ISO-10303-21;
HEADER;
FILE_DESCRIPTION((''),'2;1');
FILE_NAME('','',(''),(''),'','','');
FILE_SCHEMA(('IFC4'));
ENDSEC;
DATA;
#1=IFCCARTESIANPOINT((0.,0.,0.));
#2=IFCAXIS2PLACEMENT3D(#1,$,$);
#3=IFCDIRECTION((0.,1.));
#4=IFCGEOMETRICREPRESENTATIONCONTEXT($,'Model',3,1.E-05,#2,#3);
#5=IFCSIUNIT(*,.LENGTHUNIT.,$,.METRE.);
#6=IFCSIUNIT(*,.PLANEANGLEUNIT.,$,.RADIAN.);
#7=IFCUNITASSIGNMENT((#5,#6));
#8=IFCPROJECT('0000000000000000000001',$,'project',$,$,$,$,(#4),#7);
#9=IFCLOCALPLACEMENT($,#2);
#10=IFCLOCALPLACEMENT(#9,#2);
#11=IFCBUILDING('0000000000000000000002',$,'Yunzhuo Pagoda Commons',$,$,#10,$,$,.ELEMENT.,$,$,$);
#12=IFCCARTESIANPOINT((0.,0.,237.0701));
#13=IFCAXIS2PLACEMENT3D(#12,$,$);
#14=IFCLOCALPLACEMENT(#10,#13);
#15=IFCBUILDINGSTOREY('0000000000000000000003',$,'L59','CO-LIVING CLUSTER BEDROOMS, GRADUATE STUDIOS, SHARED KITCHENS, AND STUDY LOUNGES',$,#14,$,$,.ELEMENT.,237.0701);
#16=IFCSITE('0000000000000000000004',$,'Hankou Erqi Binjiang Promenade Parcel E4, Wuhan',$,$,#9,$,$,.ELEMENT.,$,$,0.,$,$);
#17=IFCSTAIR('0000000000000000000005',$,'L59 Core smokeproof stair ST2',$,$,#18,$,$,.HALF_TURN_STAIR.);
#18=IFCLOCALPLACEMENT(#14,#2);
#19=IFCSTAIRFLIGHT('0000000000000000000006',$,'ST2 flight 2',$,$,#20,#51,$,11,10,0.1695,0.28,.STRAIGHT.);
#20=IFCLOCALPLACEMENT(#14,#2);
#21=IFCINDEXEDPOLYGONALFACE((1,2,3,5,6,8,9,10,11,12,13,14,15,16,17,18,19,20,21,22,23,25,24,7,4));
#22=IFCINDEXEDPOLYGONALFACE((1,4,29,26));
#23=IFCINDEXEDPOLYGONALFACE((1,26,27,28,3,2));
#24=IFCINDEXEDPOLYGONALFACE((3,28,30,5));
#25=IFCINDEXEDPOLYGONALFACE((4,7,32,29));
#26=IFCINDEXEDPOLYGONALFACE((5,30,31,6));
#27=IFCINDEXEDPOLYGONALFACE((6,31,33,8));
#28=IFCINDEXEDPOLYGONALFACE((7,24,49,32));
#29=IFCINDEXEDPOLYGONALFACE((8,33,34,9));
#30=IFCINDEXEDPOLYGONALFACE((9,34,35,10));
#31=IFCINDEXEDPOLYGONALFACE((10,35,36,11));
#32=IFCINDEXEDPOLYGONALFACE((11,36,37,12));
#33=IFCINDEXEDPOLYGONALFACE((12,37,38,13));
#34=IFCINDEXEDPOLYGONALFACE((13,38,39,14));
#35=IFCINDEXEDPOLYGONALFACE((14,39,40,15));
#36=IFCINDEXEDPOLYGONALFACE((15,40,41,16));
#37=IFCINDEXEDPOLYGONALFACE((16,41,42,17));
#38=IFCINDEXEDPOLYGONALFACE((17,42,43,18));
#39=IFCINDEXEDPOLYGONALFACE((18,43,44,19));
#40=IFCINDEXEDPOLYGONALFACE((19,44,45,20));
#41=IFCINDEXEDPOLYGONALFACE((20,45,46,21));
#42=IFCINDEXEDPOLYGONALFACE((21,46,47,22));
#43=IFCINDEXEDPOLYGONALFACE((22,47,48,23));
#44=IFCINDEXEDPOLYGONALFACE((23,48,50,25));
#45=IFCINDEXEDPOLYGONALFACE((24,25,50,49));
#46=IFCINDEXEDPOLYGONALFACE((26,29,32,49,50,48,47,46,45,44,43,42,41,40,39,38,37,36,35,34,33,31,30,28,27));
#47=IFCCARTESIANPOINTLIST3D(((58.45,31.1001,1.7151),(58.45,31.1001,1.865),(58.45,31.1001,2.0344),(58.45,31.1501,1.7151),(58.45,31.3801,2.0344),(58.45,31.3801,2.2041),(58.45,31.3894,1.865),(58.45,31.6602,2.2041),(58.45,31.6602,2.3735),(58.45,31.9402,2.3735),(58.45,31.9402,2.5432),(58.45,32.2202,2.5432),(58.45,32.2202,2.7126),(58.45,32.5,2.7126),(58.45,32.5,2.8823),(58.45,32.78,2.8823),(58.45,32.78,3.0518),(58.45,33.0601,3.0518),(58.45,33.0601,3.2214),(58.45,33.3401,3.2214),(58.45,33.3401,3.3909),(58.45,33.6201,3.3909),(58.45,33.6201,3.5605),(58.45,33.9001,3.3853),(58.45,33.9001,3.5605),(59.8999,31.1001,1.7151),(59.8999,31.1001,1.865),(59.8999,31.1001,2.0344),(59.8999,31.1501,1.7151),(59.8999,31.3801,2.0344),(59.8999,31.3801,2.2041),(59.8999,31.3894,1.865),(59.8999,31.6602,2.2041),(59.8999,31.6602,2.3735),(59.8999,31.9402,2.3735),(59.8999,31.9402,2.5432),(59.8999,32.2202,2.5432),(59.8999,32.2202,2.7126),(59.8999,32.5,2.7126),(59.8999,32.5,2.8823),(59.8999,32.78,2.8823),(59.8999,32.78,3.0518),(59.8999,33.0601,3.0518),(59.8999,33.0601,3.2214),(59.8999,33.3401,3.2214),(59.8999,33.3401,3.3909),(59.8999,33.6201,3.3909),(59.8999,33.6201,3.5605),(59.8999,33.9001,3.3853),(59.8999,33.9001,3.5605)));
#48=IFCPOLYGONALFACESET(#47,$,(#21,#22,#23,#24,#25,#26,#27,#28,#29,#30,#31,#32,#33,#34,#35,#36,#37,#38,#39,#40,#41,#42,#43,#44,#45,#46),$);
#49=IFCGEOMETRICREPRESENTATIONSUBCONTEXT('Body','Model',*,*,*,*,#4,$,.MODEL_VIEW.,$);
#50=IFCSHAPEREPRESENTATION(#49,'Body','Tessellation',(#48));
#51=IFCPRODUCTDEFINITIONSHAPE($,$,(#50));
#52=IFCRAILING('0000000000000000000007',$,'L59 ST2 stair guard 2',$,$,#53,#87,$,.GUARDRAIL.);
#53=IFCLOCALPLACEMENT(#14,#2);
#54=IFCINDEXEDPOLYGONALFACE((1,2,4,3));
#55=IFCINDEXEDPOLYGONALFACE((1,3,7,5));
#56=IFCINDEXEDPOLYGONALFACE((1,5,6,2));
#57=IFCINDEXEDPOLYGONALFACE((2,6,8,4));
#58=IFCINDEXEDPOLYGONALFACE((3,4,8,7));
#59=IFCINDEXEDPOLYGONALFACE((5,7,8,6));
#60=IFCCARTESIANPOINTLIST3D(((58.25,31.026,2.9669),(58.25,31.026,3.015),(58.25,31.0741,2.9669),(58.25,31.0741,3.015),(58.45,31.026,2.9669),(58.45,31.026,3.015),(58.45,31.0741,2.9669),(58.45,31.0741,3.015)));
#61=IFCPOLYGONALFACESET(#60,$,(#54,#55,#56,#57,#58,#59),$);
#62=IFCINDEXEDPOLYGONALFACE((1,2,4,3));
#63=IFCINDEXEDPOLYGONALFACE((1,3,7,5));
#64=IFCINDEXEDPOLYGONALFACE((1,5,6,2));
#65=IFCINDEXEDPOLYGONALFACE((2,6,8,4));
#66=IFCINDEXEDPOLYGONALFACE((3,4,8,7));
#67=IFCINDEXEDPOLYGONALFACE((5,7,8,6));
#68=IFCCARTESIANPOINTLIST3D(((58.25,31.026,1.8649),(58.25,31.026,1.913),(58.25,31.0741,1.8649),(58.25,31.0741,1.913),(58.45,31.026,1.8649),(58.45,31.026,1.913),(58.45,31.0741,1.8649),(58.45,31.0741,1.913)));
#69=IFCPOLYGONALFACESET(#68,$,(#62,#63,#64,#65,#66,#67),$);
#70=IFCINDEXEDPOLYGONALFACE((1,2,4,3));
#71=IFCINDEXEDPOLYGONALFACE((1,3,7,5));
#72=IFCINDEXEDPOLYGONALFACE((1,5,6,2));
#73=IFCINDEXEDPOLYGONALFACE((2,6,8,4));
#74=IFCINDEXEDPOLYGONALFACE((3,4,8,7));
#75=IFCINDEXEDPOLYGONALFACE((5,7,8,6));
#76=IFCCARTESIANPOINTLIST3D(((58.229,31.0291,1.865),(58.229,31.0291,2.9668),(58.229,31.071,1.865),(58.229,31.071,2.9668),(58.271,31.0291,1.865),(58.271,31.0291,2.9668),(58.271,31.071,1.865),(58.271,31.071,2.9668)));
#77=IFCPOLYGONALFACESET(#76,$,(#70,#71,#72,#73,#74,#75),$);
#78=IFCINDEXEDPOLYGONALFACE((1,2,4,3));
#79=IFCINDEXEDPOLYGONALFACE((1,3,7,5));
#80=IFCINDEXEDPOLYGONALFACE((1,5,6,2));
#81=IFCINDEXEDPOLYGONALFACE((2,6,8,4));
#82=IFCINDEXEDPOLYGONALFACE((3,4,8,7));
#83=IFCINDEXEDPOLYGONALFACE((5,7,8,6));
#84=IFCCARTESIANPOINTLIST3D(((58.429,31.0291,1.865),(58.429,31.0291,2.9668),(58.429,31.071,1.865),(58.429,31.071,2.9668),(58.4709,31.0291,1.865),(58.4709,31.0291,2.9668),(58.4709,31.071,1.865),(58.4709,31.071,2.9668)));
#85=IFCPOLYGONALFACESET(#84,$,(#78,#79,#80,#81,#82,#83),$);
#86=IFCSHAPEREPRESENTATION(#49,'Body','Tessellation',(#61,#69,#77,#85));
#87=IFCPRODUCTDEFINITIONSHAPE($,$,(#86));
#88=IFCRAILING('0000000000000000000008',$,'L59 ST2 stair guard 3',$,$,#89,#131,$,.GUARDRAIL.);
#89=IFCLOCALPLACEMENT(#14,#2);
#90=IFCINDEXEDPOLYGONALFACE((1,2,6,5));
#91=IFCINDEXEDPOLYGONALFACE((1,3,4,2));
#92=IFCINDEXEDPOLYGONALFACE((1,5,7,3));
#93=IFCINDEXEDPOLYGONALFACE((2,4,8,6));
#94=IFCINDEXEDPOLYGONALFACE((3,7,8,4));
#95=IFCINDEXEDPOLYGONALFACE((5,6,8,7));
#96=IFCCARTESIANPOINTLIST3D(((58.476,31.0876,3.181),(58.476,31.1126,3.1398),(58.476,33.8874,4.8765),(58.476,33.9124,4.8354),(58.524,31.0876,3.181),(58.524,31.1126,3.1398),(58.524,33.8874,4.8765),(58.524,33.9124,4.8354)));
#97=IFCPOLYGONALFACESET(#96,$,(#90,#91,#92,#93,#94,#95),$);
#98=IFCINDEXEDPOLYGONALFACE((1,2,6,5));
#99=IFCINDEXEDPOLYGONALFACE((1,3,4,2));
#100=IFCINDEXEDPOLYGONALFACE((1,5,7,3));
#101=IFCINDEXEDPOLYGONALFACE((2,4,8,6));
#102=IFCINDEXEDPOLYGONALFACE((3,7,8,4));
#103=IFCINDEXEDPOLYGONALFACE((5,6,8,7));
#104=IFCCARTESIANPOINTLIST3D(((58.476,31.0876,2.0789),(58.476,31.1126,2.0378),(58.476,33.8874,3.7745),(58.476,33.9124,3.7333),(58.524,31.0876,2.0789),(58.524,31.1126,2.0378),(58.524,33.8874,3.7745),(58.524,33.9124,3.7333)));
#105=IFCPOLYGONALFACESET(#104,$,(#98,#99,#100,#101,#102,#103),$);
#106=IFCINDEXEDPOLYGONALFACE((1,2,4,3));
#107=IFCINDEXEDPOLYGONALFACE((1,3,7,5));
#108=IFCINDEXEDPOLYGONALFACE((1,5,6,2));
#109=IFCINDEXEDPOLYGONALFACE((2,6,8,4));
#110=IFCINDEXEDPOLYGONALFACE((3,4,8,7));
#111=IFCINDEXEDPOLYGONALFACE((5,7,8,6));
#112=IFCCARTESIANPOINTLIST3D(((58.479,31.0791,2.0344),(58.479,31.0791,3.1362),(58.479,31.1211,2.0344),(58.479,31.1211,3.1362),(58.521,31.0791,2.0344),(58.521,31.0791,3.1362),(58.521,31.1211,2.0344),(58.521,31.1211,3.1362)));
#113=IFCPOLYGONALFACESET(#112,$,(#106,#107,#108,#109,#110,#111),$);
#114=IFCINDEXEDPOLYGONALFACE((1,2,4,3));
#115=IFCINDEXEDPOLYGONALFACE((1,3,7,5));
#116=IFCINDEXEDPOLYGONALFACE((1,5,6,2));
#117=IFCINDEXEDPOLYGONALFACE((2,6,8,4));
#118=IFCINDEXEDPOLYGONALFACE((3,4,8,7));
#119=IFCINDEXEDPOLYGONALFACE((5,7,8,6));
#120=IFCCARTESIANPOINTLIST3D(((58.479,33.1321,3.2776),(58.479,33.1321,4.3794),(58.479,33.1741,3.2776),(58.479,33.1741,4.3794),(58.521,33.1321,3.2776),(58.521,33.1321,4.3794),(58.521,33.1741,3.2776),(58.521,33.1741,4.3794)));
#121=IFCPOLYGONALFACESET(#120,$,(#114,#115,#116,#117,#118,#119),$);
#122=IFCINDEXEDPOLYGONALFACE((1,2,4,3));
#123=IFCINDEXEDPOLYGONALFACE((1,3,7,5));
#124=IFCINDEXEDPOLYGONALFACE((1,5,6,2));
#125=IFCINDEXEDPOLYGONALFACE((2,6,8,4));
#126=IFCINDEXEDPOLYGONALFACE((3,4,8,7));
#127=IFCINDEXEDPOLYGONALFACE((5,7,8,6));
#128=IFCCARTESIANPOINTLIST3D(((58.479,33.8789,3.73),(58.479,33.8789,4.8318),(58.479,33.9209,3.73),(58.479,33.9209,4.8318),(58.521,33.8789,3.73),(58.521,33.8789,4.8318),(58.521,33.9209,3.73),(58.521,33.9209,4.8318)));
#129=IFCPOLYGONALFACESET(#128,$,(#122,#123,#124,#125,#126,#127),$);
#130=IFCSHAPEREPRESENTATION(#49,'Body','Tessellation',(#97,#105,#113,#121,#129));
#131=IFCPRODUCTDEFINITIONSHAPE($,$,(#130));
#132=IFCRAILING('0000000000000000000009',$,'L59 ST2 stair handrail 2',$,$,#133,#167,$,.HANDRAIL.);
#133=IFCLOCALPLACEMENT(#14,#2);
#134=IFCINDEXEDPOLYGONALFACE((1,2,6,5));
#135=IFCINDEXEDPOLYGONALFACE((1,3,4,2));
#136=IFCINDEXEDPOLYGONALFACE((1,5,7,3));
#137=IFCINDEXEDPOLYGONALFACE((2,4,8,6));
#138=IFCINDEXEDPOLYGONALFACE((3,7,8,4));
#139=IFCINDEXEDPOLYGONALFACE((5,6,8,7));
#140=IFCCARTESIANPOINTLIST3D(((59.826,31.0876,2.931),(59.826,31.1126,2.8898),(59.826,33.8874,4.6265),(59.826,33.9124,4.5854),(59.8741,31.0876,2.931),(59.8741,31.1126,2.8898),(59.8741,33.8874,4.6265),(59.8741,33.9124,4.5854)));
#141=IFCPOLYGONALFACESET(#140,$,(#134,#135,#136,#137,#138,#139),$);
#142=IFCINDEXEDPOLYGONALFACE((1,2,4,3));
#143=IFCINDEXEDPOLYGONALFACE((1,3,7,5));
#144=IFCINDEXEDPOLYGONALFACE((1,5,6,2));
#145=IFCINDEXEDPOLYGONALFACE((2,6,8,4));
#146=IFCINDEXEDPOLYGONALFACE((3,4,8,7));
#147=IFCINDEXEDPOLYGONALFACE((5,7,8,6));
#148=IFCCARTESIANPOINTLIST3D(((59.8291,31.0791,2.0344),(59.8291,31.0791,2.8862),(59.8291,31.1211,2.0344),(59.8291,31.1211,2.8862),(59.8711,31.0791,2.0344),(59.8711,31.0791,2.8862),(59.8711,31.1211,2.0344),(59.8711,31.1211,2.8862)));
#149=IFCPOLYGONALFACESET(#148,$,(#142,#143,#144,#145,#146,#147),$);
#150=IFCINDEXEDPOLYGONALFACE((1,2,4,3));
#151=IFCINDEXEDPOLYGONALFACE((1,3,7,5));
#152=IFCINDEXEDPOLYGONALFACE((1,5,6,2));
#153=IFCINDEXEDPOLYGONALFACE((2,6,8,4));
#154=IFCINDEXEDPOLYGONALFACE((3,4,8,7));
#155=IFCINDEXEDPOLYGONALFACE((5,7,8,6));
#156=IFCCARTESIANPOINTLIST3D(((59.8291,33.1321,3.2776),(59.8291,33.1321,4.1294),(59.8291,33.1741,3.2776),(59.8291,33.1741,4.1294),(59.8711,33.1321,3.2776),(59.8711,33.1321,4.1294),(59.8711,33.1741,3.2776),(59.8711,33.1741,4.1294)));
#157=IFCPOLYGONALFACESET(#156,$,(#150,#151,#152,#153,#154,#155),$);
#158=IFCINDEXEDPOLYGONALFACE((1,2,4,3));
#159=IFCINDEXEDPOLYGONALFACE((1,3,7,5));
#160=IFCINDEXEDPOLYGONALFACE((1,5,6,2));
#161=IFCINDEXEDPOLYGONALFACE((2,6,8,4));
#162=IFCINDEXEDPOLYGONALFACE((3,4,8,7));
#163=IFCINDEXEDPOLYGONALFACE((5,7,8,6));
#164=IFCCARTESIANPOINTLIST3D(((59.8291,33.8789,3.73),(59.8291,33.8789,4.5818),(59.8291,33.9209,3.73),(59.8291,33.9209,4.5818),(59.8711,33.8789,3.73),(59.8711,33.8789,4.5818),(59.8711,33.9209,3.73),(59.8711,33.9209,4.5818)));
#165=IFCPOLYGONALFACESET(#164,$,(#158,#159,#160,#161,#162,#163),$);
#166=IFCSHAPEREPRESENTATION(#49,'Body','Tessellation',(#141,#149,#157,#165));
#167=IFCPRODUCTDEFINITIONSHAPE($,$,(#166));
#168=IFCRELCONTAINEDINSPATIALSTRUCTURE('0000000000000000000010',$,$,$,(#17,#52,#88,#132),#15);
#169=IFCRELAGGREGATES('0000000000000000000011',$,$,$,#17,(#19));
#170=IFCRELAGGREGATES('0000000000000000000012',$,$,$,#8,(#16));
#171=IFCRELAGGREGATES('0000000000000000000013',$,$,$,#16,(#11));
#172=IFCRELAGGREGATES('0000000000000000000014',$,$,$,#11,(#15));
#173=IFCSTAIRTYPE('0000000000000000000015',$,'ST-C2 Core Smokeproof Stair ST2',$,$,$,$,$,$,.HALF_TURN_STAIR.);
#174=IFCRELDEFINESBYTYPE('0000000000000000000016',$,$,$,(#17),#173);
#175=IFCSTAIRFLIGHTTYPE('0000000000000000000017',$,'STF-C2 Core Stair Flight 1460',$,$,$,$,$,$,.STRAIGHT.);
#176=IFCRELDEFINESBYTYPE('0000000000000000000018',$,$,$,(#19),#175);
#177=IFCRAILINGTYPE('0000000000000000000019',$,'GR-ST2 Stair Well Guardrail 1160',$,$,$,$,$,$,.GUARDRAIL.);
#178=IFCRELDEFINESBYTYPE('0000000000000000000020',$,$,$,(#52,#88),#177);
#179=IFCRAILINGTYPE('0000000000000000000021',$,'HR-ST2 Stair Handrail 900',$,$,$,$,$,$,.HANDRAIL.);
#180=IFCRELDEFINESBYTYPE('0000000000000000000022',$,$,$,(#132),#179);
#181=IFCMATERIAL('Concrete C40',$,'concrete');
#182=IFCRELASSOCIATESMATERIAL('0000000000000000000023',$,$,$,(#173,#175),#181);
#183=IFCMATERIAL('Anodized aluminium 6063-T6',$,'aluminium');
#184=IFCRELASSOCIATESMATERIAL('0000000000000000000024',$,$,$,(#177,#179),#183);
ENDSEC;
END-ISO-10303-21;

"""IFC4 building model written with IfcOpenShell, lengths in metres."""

from ifc_helpers import new_model, si_unit, direction, frame, origin, origin_2d, place, context, subcontext, project, spatial, polyline, rectangle, outline, extrude, source, transform, mapped, material, type_object, element, aggregate, save


model = new_model("IFC4")

# Units and contexts
model_context = context("Model", 3, precision=1e-05, world=origin(), true_north=direction((0.0, 1.0)))
body_context = subcontext(model_context, "Body", "Model", "MODEL_VIEW")
ifc_project = project(units=[si_unit("LENGTHUNIT", "METRE"), si_unit("PLANEANGLEUNIT", "RADIAN")], contexts=[model_context])

# Site, building, storey
site_placement = place(None, origin())
site = spatial("IfcSite", under=ifc_project, at=site_placement, Name="Hankou Erqi Binjiang Promenade Parcel E4, Wuhan", CompositionType="ELEMENT", RefElevation=0.0)
building_placement = place(site_placement, origin())
building = spatial("IfcBuilding", under=site, at=building_placement, Name="Yunzhuo Pagoda Commons", CompositionType="ELEMENT")
storey_placement = place(building_placement, frame((0.0, 0.0, 237.0701)))
storey = spatial("IfcBuildingStorey", under=building, at=storey_placement, Name="L59", Description="CO-LIVING CLUSTER BEDROOMS, GRADUATE STUDIOS, SHARED KITCHENS, AND STUDY LOUNGES", CompositionType="ELEMENT", Elevation=237.0701)

# Shared definitions
ifc_material_1 = material(Name="Anodized aluminium 6063-T6", Category="aluminium")

# Stair, stair flight
ifc_material_2 = material(Name="Concrete C40", Category="concrete")
stair_type = type_object("IfcStairType", Name="ST-C2 Core Smokeproof Stair ST2", PredefinedType="HALF_TURN_STAIR", material=ifc_material_2)
stair_placement = place(storey_placement, origin())
stair = element("IfcStair", 1, at=stair_placement, inside=storey, type_object=stair_type, Name="L59 Core smokeproof stair ST2", PredefinedType="HALF_TURN_STAIR")
stair_flight_type = type_object("IfcStairFlightType", Name="STF-C2 Core Stair Flight 1460", PredefinedType="STRAIGHT", material=ifc_material_2)
shared_shape_1 = source(origin(), body_context, "Body", "SweptSolid", [
    extrude(outline(polyline([(0.0, -0.1499), (0.0, 0.0), (0.0, 0.1694), (0.28, 0.1694), (0.28, 0.3391), (0.5601, 0.3391), (0.5601, 0.5085), (0.8401, 0.5085), (0.8401, 0.6782), (1.1201, 0.6782), (1.1201, 0.8477), (1.3999, 0.8477), (1.3999, 1.0173), (1.6799, 1.0173), (1.6799, 1.1868), (1.96, 1.1868), (1.96, 1.3564), (2.24, 1.3564), (2.24, 1.5259), (2.52, 1.5259), (2.52, 1.6956), (2.8, 1.6956), (2.8, 1.865), (2.8, 1.5203), (0.2893, 0.0), (0.05, -0.1499), (0.0, -0.1499)])), frame((0.0, 0.7251, 0.0), z_axis=(0.0, -1.0, 0.0), x_axis=(1.0, 0.0, 0.0)), (0.0, 0.0, 1.0), 1.45),
])
stair_flight_placement = place(storey_placement, frame((59.175, 31.1001, 1.865), z_axis=(0.0, 0.0, 1.0), x_axis=(0.0, 1.0, 0.0)))
stair_flight = element("IfcStairFlight", 2, at=stair_flight_placement, type_object=stair_flight_type, Name="ST2 flight 2", NumberOfRisers=11, NumberOfTreads=10, PredefinedType="STRAIGHT", RiserHeight=0.1695, TreadLength=0.28, context=body_context, shape_type="MappedRepresentation", body=[
    mapped(shared_shape_1, transform((0.0, 0.0, 0.0), scale=1.0)),
])
aggregate(stair, [stair_flight])

# Railings
railing_type_1 = type_object("IfcRailingType", Name="GR-ST2 Stair Well Guardrail 1160", PredefinedType="GUARDRAIL", material=ifc_material_1)
railing_1_placement = place(storey_placement, frame((58.25, 31.05, 1.865)))
element("IfcRailing", 3, at=railing_1_placement, inside=storey, type_object=railing_type_1, Name="L59 ST2 stair guard 2", PredefinedType="GUARDRAIL", context=body_context, shape_type="SweptSolid", body=[
    extrude(rectangle(XDim=0.0481, YDim=0.0481, at=origin_2d()), frame((0.0, 0.0, 1.126), z_axis=(1.0, 0.0, 0.0), x_axis=(0.0, 1.0, 0.0)), (0.0, 0.0, 1.0), 0.2),
    extrude(rectangle(XDim=0.0481, YDim=0.0481, at=origin_2d()), frame((0.0, 0.0, 0.0239), z_axis=(1.0, 0.0, 0.0), x_axis=(0.0, 1.0, 0.0)), (0.0, 0.0, 1.0), 0.2),
    extrude(rectangle(XDim=0.042, YDim=0.042, at=origin_2d()), origin(), (0.0, 0.0, 1.0), 1.1018),
    extrude(rectangle(XDim=0.042, YDim=0.042, at=origin_2d()), frame((0.2, 0.0, 0.0)), (0.0, 0.0, 1.0), 1.1018),
])
railing_2_placement = place(storey_placement, frame((58.5, 31.1001, 2.0344)))
element("IfcRailing", 4, at=railing_2_placement, inside=storey, type_object=railing_type_1, Name="L59 ST2 stair guard 3", PredefinedType="GUARDRAIL", context=body_context, shape_type="SweptSolid", body=[
    extrude(rectangle(XDim=0.0481, YDim=0.0481, at=origin_2d()), frame((0.0, 0.0, 1.126), z_axis=(0.0, 0.855373, 0.518012), x_axis=(-1.0, 0.0, 0.0)), (0.0, 0.0, 1.0), 3.2732),
    extrude(rectangle(XDim=0.0481, YDim=0.0481, at=origin_2d()), frame((0.0, 0.0, 0.0239), z_axis=(0.0, 0.855373, 0.518012), x_axis=(-1.0, 0.0, 0.0)), (0.0, 0.0, 1.0), 3.2732),
    extrude(rectangle(XDim=0.042, YDim=0.042, at=origin_2d()), origin(), (0.0, 0.0, 1.0), 1.1018),
    extrude(rectangle(XDim=0.042, YDim=0.042, at=origin_2d()), frame((0.0, 2.053, 1.2432)), (0.0, 0.0, 1.0), 1.1018),
    extrude(rectangle(XDim=0.042, YDim=0.042, at=origin_2d()), frame((0.0, 2.7998, 1.6956)), (0.0, 0.0, 1.0), 1.1018),
])
railing_type_2 = type_object("IfcRailingType", Name="HR-ST2 Stair Handrail 900", PredefinedType="HANDRAIL", material=ifc_material_1)
railing_3_placement = place(storey_placement, frame((59.8501, 31.1001, 2.0344)))
element("IfcRailing", 5, at=railing_3_placement, inside=storey, type_object=railing_type_2, Name="L59 ST2 stair handrail 2", PredefinedType="HANDRAIL", context=body_context, shape_type="SweptSolid", body=[
    extrude(rectangle(XDim=0.0481, YDim=0.0481, at=origin_2d()), frame((0.0, 0.0, 0.876), z_axis=(0.0, 0.855373, 0.518012), x_axis=(-1.0, 0.0, 0.0)), (0.0, 0.0, 1.0), 3.2732),
    extrude(rectangle(XDim=0.042, YDim=0.042, at=origin_2d()), origin(), (0.0, 0.0, 1.0), 0.8518),
    extrude(rectangle(XDim=0.042, YDim=0.042, at=origin_2d()), frame((0.0, 2.053, 1.2432)), (0.0, 0.0, 1.0), 0.8518),
    extrude(rectangle(XDim=0.042, YDim=0.042, at=origin_2d()), frame((0.0, 2.7998, 1.6956)), (0.0, 0.0, 1.0), 0.8518),
])

save(model, "model.ifc")
